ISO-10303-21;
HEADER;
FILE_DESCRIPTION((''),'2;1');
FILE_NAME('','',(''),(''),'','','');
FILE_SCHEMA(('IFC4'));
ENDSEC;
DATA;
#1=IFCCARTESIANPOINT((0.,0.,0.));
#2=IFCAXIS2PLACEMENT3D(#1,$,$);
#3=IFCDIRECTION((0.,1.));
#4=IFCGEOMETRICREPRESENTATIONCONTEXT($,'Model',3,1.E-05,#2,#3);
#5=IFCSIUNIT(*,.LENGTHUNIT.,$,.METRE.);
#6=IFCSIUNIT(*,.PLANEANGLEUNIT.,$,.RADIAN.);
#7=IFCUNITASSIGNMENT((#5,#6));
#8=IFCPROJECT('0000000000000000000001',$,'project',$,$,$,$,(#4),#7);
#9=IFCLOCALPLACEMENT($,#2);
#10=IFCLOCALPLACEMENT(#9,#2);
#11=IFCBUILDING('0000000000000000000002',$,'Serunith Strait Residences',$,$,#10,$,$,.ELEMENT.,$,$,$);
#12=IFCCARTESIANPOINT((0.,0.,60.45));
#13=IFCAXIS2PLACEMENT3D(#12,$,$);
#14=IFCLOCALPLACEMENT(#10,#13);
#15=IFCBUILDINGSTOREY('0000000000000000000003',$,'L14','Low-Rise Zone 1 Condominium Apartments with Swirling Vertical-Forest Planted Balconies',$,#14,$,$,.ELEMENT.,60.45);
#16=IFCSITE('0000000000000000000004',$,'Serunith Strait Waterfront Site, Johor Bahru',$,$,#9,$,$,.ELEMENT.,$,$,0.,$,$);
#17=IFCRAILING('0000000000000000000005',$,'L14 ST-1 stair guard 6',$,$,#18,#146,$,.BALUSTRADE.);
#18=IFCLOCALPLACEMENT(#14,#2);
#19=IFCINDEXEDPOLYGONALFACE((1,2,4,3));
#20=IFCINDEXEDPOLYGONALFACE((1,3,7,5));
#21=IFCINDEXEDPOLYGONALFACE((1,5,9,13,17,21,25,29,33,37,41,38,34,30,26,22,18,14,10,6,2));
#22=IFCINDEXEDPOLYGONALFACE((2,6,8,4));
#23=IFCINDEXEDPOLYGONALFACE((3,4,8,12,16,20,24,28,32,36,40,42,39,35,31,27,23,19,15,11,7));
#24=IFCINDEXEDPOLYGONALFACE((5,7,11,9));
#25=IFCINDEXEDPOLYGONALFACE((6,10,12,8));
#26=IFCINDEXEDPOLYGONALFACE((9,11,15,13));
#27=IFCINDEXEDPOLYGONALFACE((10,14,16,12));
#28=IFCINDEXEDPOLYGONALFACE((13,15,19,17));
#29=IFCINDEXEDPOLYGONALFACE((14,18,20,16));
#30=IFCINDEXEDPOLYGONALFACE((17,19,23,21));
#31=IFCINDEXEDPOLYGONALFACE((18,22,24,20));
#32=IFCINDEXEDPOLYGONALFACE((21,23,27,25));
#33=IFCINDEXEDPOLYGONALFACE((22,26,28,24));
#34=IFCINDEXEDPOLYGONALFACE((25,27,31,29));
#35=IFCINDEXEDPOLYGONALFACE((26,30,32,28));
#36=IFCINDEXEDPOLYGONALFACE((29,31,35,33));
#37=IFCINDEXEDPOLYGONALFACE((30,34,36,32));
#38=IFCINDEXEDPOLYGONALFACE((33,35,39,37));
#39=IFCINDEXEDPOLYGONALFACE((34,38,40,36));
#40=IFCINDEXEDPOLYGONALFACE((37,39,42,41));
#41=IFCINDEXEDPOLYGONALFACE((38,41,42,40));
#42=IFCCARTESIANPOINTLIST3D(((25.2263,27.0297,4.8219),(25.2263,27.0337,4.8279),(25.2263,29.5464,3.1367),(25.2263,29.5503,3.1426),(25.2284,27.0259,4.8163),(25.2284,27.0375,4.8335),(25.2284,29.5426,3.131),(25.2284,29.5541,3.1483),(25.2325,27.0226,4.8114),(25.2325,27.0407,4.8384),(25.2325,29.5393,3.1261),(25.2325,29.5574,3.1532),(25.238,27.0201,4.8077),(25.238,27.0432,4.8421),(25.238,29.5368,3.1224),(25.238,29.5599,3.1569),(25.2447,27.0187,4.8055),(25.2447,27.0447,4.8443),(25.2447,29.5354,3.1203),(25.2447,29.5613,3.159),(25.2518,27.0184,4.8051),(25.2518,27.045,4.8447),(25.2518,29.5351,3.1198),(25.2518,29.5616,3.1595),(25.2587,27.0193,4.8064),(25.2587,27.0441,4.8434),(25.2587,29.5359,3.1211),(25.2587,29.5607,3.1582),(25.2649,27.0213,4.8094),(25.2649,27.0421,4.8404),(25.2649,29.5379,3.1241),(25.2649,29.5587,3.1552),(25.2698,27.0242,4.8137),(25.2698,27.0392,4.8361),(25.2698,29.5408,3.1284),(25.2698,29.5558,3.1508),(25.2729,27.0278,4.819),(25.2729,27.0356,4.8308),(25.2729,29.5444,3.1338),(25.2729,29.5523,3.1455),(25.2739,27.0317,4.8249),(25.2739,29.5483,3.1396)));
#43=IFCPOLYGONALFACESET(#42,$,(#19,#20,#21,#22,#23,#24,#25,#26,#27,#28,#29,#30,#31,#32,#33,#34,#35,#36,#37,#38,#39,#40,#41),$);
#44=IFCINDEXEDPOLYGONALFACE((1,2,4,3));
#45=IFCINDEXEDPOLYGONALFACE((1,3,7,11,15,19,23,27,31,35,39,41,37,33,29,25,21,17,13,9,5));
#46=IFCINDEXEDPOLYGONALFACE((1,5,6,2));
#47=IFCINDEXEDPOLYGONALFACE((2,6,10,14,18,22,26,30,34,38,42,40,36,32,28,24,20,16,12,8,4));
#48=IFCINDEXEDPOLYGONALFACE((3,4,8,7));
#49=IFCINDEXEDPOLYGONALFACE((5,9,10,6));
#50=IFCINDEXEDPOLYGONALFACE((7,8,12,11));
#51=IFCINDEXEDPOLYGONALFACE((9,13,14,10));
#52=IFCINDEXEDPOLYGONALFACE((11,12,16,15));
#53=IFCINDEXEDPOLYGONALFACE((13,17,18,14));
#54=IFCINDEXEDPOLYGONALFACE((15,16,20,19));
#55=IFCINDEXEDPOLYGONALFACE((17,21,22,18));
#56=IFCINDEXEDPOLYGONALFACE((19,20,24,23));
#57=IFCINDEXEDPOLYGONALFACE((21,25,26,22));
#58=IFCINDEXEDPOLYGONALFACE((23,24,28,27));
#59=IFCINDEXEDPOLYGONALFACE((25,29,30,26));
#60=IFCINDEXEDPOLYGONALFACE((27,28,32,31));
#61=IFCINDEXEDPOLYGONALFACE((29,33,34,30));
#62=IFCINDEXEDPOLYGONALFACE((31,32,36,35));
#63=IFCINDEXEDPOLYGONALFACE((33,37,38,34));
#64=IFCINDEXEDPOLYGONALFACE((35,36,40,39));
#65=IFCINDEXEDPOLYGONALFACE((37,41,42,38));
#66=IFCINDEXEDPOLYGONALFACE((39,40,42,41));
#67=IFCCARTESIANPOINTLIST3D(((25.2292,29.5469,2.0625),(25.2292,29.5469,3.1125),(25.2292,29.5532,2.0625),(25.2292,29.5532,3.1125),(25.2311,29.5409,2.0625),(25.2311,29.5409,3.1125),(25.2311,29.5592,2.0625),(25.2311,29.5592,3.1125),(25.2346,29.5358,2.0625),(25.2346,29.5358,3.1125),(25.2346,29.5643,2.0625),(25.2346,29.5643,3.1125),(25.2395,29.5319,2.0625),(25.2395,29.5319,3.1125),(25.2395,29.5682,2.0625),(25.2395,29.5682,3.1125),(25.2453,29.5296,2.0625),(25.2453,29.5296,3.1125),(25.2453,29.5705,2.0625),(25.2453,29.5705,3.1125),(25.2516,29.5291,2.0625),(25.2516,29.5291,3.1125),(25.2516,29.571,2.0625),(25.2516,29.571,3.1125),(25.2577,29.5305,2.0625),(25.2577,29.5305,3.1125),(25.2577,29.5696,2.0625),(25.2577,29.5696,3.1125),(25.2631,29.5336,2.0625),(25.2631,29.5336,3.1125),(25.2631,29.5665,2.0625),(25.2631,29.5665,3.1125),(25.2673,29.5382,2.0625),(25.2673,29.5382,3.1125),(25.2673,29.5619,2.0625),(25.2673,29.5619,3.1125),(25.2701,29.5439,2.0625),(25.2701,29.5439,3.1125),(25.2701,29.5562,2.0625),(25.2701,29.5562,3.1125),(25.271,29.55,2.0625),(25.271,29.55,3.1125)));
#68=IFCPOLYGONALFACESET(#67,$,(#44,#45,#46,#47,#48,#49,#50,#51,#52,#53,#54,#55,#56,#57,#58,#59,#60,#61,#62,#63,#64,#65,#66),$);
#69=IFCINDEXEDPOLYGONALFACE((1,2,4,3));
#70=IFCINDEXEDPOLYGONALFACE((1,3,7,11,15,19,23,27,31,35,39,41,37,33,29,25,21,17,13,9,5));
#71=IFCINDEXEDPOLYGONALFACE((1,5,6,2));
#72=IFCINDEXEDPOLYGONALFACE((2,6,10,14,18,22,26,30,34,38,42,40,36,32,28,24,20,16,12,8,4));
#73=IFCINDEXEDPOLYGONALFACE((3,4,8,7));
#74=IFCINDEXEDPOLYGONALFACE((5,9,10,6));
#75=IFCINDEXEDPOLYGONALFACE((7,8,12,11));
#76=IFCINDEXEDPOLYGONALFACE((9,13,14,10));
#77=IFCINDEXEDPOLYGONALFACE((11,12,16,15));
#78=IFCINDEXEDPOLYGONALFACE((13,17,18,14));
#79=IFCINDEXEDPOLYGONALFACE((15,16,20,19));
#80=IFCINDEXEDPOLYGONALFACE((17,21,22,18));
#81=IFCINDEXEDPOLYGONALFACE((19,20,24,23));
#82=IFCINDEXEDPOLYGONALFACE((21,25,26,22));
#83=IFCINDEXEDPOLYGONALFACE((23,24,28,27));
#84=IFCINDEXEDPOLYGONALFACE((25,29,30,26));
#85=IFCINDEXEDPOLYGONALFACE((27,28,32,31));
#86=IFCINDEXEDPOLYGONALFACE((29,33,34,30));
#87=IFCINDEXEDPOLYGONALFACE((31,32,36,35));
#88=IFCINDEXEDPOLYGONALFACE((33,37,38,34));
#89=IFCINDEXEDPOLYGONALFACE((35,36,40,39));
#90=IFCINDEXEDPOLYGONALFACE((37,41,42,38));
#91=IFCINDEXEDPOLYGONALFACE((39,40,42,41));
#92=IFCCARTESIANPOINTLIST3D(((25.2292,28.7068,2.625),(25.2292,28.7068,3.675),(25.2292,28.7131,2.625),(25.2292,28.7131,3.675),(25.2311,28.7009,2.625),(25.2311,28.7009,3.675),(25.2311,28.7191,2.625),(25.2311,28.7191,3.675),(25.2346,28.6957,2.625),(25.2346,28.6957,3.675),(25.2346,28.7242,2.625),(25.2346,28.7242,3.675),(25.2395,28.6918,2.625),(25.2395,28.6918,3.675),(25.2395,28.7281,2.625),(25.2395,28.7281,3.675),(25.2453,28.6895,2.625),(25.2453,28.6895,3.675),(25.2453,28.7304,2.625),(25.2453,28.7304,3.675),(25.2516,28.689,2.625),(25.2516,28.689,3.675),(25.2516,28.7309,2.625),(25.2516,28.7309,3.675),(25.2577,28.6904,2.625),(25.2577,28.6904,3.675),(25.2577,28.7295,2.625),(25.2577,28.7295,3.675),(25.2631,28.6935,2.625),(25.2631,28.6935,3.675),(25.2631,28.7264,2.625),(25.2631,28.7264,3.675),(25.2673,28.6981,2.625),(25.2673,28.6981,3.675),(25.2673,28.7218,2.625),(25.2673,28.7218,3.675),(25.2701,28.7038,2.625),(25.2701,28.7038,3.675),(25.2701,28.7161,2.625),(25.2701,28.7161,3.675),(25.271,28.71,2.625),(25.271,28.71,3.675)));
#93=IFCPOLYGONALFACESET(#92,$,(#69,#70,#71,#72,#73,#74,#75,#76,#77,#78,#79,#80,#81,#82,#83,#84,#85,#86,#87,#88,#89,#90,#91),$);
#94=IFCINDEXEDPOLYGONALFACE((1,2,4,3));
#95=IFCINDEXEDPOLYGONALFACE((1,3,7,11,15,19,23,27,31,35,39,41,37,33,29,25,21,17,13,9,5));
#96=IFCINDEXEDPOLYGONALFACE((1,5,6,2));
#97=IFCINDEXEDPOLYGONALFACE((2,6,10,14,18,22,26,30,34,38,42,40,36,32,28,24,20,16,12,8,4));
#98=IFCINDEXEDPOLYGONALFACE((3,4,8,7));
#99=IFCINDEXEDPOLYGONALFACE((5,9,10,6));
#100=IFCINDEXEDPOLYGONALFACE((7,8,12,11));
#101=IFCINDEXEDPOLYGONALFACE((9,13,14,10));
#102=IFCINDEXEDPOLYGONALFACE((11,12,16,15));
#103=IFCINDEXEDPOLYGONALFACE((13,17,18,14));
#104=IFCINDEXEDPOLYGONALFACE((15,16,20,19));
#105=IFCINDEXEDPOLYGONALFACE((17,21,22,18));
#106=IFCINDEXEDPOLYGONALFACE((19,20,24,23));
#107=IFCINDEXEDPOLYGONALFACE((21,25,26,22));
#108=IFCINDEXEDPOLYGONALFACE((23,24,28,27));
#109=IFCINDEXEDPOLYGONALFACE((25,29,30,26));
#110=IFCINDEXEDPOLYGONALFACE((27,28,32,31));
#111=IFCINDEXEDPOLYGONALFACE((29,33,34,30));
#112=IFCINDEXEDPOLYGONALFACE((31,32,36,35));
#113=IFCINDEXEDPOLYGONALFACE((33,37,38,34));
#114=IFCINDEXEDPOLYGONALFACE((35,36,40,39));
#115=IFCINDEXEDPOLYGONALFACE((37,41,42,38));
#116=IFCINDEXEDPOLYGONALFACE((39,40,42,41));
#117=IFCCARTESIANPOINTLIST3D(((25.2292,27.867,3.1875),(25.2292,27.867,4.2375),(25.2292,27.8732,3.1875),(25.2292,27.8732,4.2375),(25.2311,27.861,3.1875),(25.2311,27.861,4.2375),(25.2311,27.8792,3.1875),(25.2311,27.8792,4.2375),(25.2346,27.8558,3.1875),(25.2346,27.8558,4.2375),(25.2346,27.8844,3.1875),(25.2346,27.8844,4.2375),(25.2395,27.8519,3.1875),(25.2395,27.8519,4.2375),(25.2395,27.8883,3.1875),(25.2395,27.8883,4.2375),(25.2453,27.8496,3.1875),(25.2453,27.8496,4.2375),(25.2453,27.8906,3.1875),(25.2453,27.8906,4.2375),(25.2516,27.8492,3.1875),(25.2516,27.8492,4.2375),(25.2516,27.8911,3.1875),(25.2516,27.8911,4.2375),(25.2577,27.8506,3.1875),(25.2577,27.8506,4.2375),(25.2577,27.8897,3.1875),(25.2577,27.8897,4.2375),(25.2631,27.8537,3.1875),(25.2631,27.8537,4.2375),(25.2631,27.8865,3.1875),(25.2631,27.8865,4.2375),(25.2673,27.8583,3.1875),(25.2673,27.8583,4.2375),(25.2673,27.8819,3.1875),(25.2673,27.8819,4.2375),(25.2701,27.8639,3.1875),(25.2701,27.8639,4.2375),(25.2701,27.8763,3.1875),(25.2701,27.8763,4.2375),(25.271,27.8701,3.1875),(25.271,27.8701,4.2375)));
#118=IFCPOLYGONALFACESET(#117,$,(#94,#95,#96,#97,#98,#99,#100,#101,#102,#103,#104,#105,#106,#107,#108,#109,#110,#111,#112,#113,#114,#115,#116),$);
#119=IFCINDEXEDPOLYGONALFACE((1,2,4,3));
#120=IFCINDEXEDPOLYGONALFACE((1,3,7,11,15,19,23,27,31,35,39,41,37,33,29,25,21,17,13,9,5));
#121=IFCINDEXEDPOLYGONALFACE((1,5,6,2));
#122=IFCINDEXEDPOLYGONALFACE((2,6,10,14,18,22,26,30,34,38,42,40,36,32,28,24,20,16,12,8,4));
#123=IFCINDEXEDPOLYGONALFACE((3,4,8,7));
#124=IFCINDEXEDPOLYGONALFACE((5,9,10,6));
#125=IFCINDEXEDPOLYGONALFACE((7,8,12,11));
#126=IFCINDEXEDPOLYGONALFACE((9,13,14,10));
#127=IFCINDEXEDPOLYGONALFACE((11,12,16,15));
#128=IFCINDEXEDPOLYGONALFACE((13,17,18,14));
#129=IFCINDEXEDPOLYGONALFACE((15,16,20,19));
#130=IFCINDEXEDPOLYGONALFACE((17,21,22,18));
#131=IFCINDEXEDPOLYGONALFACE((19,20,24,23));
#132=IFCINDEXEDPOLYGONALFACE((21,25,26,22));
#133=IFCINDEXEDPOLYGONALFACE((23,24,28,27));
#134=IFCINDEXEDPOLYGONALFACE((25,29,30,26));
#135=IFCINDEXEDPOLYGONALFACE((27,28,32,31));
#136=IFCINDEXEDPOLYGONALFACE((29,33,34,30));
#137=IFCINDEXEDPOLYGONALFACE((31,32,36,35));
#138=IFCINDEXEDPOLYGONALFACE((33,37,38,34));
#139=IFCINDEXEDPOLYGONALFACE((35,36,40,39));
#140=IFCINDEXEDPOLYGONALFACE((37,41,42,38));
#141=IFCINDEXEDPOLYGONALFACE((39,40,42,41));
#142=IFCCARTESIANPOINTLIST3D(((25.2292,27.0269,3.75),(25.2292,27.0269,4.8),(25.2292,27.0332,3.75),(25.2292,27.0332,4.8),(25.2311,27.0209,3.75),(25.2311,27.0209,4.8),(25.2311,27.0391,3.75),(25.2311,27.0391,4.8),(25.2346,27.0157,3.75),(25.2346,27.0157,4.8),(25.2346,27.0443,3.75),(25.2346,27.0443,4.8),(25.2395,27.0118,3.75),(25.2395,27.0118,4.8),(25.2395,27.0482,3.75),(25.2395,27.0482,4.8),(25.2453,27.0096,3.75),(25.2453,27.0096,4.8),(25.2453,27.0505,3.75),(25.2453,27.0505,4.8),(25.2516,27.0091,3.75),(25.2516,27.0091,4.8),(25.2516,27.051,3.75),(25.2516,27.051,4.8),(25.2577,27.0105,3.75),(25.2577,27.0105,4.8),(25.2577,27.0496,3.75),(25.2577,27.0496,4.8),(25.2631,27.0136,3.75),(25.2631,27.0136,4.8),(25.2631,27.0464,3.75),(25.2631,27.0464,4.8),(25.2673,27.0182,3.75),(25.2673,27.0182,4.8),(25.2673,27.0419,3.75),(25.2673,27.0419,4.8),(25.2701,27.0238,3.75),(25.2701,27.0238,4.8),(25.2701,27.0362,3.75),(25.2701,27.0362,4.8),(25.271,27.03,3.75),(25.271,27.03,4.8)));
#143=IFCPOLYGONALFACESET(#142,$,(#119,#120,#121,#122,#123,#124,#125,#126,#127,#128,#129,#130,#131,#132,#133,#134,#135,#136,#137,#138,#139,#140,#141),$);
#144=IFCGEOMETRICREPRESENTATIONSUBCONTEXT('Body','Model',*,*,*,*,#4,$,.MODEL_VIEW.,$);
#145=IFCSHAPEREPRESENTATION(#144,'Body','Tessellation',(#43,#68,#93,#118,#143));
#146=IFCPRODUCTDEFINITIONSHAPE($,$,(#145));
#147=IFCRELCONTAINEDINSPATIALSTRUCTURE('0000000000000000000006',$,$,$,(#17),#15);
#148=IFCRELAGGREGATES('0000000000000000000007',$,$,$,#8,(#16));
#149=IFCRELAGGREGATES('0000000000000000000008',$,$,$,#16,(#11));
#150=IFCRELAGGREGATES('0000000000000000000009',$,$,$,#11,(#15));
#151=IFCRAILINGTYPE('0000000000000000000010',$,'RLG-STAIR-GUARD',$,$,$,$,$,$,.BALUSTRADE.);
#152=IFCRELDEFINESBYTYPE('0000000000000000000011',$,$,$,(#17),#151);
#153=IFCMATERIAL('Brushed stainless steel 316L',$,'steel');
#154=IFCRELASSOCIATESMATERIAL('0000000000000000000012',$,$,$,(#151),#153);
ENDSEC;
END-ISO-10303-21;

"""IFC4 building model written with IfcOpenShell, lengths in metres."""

from ifc_helpers import new_model, si_unit, direction, frame, origin, origin_2d, place, context, subcontext, project, spatial, circle, extrude, material, type_object, element, save


model = new_model("IFC4")

# Units and contexts
model_context = context("Model", 3, precision=1e-05, world=origin(), true_north=direction((0.0, 1.0)))
body_context = subcontext(model_context, "Body", "Model", "MODEL_VIEW")
ifc_project = project(units=[si_unit("LENGTHUNIT", "METRE"), si_unit("PLANEANGLEUNIT", "RADIAN")], contexts=[model_context])

# Site, building, storey
site_placement = place(None, origin())
site = spatial("IfcSite", under=ifc_project, at=site_placement, Name="Serunith Strait Waterfront Site, Johor Bahru", CompositionType="ELEMENT", RefElevation=0.0)
building_placement = place(site_placement, origin())
building = spatial("IfcBuilding", under=site, at=building_placement, Name="Serunith Strait Residences", CompositionType="ELEMENT")
storey_placement = place(building_placement, frame((0.0, 0.0, 60.45)))
storey = spatial("IfcBuildingStorey", under=building, at=storey_placement, Name="L14", Description="Low-Rise Zone 1 Condominium Apartments with Swirling Vertical-Forest Planted Balconies", CompositionType="ELEMENT", Elevation=60.45)

# Railing
ifc_material_1 = material(Name="Brushed stainless steel 316L", Category="steel")
railing_type_1 = type_object("IfcRailingType", Name="RLG-STAIR-GUARD", PredefinedType="BALUSTRADE", material=ifc_material_1)
railing_1_placement = place(storey_placement, frame((25.25, 29.55, 2.0625)))
element("IfcRailing", 1, at=railing_1_placement, inside=storey, type_object=railing_type_1, Name="L14 ST-1 stair guard 6", PredefinedType="BALUSTRADE", context=body_context, shape_type="SweptSolid", body=[
    extrude(circle(Radius=0.0239, at=origin_2d()), frame((0.0, -0.0017, 1.0771), z_axis=(0.0, -0.830909, 0.556408), x_axis=(1.0, 0.0, 0.0)), (0.0, 0.0, 1.0), 3.0288),
    extrude(circle(Radius=0.021, at=origin_2d()), origin(), (0.0, 0.0, 1.0), 1.05),
    extrude(circle(Radius=0.021, at=origin_2d()), frame((0.0, -0.8401, 0.5625)), (0.0, 0.0, 1.0), 1.05),
    extrude(circle(Radius=0.021, at=origin_2d()), frame((0.0, -1.6799, 1.125)), (0.0, 0.0, 1.0), 1.05),
    extrude(circle(Radius=0.021, at=origin_2d()), frame((0.0, -2.52, 1.6875)), (0.0, 0.0, 1.0), 1.05),
])

save(model, "model.ifc")
